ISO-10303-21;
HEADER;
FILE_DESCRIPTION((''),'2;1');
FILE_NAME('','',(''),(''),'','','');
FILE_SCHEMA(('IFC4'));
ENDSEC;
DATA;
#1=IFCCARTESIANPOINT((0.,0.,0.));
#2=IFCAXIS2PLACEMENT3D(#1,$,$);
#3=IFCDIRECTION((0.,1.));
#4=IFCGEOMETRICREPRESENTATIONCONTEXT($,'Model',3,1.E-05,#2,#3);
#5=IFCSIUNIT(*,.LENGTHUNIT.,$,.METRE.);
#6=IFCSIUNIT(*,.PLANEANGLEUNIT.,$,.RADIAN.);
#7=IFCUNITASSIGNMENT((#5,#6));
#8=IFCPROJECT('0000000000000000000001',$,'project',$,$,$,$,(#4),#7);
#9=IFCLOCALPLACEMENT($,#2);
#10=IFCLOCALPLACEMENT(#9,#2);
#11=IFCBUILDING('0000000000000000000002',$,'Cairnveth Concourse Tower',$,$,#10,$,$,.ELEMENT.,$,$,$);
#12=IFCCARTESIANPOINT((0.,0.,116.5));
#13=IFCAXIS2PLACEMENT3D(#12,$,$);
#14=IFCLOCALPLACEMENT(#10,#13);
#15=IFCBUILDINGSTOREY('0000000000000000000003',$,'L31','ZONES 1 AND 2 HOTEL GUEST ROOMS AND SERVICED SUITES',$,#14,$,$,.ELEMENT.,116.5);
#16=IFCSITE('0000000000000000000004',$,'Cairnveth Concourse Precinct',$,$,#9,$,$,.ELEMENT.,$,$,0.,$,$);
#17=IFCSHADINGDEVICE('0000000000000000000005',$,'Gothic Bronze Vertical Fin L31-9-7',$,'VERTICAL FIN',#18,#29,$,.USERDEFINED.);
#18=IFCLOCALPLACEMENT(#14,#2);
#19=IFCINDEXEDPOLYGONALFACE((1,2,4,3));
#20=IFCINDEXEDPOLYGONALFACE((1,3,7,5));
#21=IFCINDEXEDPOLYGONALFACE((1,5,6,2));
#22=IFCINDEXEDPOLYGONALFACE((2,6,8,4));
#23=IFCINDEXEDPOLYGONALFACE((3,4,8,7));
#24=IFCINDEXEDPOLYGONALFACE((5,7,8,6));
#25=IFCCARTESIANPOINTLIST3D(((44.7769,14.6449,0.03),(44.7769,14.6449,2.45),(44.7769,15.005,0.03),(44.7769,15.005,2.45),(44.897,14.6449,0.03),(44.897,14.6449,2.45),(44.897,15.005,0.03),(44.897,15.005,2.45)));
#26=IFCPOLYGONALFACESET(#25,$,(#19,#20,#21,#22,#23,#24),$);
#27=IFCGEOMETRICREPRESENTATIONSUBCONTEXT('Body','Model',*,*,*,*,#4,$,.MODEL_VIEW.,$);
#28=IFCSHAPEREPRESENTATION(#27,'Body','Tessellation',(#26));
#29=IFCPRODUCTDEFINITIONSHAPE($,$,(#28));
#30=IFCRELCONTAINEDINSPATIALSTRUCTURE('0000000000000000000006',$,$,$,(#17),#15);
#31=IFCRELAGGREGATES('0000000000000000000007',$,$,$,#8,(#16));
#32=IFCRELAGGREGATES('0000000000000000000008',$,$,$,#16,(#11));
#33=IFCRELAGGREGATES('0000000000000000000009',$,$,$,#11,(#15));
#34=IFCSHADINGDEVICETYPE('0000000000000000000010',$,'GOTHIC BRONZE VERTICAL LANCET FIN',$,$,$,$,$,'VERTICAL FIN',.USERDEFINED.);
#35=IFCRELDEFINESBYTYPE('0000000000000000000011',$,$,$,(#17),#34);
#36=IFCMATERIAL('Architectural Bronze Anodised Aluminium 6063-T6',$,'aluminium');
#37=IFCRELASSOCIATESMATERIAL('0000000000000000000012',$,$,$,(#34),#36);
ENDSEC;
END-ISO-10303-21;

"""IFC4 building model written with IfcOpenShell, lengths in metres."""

from ifc_helpers import new_model, si_unit, direction, frame, origin, origin_2d, place, context, subcontext, project, spatial, rectangle, extrude, material, type_object, element, save


model = new_model("IFC4")

# Units and contexts
model_context = context("Model", 3, precision=1e-05, world=origin(), true_north=direction((0.0, 1.0)))
body_context = subcontext(model_context, "Body", "Model", "MODEL_VIEW")
ifc_project = project(units=[si_unit("LENGTHUNIT", "METRE"), si_unit("PLANEANGLEUNIT", "RADIAN")], contexts=[model_context])

# Site, building, storey
site_placement = place(None, origin())
site = spatial("IfcSite", under=ifc_project, at=site_placement, Name="Cairnveth Concourse Precinct", CompositionType="ELEMENT", RefElevation=0.0)
building_placement = place(site_placement, origin())
building = spatial("IfcBuilding", under=site, at=building_placement, Name="Cairnveth Concourse Tower", CompositionType="ELEMENT")
storey_placement = place(building_placement, frame((0.0, 0.0, 116.5)))
storey = spatial("IfcBuildingStorey", under=building, at=storey_placement, Name="L31", Description="ZONES 1 AND 2 HOTEL GUEST ROOMS AND SERVICED SUITES", CompositionType="ELEMENT", Elevation=116.5)

# Shading device
ifc_material_1 = material(Name="Architectural Bronze Anodised Aluminium 6063-T6", Category="aluminium")
shading_device_type = type_object("IfcShadingDeviceType", Name="GOTHIC BRONZE VERTICAL LANCET FIN", ElementType="VERTICAL FIN", PredefinedType="USERDEFINED", material=ifc_material_1)
shading_device_placement = place(storey_placement, frame((44.8369, 14.825, 0.03), z_axis=(0.0, 0.0, 1.0), x_axis=(1.0, 0.0, 0.0)))
element("IfcShadingDevice", 1, at=shading_device_placement, inside=storey, type_object=shading_device_type, Name="Gothic Bronze Vertical Fin L31-9-7", ObjectType="VERTICAL FIN", PredefinedType="USERDEFINED", context=body_context, shape_type="SweptSolid", body=[
    extrude(rectangle(XDim=0.1201, YDim=0.3601, at=origin_2d()), origin(), (0.0, 0.0, 1.0), 2.4199),
])

save(model, "model.ifc")
